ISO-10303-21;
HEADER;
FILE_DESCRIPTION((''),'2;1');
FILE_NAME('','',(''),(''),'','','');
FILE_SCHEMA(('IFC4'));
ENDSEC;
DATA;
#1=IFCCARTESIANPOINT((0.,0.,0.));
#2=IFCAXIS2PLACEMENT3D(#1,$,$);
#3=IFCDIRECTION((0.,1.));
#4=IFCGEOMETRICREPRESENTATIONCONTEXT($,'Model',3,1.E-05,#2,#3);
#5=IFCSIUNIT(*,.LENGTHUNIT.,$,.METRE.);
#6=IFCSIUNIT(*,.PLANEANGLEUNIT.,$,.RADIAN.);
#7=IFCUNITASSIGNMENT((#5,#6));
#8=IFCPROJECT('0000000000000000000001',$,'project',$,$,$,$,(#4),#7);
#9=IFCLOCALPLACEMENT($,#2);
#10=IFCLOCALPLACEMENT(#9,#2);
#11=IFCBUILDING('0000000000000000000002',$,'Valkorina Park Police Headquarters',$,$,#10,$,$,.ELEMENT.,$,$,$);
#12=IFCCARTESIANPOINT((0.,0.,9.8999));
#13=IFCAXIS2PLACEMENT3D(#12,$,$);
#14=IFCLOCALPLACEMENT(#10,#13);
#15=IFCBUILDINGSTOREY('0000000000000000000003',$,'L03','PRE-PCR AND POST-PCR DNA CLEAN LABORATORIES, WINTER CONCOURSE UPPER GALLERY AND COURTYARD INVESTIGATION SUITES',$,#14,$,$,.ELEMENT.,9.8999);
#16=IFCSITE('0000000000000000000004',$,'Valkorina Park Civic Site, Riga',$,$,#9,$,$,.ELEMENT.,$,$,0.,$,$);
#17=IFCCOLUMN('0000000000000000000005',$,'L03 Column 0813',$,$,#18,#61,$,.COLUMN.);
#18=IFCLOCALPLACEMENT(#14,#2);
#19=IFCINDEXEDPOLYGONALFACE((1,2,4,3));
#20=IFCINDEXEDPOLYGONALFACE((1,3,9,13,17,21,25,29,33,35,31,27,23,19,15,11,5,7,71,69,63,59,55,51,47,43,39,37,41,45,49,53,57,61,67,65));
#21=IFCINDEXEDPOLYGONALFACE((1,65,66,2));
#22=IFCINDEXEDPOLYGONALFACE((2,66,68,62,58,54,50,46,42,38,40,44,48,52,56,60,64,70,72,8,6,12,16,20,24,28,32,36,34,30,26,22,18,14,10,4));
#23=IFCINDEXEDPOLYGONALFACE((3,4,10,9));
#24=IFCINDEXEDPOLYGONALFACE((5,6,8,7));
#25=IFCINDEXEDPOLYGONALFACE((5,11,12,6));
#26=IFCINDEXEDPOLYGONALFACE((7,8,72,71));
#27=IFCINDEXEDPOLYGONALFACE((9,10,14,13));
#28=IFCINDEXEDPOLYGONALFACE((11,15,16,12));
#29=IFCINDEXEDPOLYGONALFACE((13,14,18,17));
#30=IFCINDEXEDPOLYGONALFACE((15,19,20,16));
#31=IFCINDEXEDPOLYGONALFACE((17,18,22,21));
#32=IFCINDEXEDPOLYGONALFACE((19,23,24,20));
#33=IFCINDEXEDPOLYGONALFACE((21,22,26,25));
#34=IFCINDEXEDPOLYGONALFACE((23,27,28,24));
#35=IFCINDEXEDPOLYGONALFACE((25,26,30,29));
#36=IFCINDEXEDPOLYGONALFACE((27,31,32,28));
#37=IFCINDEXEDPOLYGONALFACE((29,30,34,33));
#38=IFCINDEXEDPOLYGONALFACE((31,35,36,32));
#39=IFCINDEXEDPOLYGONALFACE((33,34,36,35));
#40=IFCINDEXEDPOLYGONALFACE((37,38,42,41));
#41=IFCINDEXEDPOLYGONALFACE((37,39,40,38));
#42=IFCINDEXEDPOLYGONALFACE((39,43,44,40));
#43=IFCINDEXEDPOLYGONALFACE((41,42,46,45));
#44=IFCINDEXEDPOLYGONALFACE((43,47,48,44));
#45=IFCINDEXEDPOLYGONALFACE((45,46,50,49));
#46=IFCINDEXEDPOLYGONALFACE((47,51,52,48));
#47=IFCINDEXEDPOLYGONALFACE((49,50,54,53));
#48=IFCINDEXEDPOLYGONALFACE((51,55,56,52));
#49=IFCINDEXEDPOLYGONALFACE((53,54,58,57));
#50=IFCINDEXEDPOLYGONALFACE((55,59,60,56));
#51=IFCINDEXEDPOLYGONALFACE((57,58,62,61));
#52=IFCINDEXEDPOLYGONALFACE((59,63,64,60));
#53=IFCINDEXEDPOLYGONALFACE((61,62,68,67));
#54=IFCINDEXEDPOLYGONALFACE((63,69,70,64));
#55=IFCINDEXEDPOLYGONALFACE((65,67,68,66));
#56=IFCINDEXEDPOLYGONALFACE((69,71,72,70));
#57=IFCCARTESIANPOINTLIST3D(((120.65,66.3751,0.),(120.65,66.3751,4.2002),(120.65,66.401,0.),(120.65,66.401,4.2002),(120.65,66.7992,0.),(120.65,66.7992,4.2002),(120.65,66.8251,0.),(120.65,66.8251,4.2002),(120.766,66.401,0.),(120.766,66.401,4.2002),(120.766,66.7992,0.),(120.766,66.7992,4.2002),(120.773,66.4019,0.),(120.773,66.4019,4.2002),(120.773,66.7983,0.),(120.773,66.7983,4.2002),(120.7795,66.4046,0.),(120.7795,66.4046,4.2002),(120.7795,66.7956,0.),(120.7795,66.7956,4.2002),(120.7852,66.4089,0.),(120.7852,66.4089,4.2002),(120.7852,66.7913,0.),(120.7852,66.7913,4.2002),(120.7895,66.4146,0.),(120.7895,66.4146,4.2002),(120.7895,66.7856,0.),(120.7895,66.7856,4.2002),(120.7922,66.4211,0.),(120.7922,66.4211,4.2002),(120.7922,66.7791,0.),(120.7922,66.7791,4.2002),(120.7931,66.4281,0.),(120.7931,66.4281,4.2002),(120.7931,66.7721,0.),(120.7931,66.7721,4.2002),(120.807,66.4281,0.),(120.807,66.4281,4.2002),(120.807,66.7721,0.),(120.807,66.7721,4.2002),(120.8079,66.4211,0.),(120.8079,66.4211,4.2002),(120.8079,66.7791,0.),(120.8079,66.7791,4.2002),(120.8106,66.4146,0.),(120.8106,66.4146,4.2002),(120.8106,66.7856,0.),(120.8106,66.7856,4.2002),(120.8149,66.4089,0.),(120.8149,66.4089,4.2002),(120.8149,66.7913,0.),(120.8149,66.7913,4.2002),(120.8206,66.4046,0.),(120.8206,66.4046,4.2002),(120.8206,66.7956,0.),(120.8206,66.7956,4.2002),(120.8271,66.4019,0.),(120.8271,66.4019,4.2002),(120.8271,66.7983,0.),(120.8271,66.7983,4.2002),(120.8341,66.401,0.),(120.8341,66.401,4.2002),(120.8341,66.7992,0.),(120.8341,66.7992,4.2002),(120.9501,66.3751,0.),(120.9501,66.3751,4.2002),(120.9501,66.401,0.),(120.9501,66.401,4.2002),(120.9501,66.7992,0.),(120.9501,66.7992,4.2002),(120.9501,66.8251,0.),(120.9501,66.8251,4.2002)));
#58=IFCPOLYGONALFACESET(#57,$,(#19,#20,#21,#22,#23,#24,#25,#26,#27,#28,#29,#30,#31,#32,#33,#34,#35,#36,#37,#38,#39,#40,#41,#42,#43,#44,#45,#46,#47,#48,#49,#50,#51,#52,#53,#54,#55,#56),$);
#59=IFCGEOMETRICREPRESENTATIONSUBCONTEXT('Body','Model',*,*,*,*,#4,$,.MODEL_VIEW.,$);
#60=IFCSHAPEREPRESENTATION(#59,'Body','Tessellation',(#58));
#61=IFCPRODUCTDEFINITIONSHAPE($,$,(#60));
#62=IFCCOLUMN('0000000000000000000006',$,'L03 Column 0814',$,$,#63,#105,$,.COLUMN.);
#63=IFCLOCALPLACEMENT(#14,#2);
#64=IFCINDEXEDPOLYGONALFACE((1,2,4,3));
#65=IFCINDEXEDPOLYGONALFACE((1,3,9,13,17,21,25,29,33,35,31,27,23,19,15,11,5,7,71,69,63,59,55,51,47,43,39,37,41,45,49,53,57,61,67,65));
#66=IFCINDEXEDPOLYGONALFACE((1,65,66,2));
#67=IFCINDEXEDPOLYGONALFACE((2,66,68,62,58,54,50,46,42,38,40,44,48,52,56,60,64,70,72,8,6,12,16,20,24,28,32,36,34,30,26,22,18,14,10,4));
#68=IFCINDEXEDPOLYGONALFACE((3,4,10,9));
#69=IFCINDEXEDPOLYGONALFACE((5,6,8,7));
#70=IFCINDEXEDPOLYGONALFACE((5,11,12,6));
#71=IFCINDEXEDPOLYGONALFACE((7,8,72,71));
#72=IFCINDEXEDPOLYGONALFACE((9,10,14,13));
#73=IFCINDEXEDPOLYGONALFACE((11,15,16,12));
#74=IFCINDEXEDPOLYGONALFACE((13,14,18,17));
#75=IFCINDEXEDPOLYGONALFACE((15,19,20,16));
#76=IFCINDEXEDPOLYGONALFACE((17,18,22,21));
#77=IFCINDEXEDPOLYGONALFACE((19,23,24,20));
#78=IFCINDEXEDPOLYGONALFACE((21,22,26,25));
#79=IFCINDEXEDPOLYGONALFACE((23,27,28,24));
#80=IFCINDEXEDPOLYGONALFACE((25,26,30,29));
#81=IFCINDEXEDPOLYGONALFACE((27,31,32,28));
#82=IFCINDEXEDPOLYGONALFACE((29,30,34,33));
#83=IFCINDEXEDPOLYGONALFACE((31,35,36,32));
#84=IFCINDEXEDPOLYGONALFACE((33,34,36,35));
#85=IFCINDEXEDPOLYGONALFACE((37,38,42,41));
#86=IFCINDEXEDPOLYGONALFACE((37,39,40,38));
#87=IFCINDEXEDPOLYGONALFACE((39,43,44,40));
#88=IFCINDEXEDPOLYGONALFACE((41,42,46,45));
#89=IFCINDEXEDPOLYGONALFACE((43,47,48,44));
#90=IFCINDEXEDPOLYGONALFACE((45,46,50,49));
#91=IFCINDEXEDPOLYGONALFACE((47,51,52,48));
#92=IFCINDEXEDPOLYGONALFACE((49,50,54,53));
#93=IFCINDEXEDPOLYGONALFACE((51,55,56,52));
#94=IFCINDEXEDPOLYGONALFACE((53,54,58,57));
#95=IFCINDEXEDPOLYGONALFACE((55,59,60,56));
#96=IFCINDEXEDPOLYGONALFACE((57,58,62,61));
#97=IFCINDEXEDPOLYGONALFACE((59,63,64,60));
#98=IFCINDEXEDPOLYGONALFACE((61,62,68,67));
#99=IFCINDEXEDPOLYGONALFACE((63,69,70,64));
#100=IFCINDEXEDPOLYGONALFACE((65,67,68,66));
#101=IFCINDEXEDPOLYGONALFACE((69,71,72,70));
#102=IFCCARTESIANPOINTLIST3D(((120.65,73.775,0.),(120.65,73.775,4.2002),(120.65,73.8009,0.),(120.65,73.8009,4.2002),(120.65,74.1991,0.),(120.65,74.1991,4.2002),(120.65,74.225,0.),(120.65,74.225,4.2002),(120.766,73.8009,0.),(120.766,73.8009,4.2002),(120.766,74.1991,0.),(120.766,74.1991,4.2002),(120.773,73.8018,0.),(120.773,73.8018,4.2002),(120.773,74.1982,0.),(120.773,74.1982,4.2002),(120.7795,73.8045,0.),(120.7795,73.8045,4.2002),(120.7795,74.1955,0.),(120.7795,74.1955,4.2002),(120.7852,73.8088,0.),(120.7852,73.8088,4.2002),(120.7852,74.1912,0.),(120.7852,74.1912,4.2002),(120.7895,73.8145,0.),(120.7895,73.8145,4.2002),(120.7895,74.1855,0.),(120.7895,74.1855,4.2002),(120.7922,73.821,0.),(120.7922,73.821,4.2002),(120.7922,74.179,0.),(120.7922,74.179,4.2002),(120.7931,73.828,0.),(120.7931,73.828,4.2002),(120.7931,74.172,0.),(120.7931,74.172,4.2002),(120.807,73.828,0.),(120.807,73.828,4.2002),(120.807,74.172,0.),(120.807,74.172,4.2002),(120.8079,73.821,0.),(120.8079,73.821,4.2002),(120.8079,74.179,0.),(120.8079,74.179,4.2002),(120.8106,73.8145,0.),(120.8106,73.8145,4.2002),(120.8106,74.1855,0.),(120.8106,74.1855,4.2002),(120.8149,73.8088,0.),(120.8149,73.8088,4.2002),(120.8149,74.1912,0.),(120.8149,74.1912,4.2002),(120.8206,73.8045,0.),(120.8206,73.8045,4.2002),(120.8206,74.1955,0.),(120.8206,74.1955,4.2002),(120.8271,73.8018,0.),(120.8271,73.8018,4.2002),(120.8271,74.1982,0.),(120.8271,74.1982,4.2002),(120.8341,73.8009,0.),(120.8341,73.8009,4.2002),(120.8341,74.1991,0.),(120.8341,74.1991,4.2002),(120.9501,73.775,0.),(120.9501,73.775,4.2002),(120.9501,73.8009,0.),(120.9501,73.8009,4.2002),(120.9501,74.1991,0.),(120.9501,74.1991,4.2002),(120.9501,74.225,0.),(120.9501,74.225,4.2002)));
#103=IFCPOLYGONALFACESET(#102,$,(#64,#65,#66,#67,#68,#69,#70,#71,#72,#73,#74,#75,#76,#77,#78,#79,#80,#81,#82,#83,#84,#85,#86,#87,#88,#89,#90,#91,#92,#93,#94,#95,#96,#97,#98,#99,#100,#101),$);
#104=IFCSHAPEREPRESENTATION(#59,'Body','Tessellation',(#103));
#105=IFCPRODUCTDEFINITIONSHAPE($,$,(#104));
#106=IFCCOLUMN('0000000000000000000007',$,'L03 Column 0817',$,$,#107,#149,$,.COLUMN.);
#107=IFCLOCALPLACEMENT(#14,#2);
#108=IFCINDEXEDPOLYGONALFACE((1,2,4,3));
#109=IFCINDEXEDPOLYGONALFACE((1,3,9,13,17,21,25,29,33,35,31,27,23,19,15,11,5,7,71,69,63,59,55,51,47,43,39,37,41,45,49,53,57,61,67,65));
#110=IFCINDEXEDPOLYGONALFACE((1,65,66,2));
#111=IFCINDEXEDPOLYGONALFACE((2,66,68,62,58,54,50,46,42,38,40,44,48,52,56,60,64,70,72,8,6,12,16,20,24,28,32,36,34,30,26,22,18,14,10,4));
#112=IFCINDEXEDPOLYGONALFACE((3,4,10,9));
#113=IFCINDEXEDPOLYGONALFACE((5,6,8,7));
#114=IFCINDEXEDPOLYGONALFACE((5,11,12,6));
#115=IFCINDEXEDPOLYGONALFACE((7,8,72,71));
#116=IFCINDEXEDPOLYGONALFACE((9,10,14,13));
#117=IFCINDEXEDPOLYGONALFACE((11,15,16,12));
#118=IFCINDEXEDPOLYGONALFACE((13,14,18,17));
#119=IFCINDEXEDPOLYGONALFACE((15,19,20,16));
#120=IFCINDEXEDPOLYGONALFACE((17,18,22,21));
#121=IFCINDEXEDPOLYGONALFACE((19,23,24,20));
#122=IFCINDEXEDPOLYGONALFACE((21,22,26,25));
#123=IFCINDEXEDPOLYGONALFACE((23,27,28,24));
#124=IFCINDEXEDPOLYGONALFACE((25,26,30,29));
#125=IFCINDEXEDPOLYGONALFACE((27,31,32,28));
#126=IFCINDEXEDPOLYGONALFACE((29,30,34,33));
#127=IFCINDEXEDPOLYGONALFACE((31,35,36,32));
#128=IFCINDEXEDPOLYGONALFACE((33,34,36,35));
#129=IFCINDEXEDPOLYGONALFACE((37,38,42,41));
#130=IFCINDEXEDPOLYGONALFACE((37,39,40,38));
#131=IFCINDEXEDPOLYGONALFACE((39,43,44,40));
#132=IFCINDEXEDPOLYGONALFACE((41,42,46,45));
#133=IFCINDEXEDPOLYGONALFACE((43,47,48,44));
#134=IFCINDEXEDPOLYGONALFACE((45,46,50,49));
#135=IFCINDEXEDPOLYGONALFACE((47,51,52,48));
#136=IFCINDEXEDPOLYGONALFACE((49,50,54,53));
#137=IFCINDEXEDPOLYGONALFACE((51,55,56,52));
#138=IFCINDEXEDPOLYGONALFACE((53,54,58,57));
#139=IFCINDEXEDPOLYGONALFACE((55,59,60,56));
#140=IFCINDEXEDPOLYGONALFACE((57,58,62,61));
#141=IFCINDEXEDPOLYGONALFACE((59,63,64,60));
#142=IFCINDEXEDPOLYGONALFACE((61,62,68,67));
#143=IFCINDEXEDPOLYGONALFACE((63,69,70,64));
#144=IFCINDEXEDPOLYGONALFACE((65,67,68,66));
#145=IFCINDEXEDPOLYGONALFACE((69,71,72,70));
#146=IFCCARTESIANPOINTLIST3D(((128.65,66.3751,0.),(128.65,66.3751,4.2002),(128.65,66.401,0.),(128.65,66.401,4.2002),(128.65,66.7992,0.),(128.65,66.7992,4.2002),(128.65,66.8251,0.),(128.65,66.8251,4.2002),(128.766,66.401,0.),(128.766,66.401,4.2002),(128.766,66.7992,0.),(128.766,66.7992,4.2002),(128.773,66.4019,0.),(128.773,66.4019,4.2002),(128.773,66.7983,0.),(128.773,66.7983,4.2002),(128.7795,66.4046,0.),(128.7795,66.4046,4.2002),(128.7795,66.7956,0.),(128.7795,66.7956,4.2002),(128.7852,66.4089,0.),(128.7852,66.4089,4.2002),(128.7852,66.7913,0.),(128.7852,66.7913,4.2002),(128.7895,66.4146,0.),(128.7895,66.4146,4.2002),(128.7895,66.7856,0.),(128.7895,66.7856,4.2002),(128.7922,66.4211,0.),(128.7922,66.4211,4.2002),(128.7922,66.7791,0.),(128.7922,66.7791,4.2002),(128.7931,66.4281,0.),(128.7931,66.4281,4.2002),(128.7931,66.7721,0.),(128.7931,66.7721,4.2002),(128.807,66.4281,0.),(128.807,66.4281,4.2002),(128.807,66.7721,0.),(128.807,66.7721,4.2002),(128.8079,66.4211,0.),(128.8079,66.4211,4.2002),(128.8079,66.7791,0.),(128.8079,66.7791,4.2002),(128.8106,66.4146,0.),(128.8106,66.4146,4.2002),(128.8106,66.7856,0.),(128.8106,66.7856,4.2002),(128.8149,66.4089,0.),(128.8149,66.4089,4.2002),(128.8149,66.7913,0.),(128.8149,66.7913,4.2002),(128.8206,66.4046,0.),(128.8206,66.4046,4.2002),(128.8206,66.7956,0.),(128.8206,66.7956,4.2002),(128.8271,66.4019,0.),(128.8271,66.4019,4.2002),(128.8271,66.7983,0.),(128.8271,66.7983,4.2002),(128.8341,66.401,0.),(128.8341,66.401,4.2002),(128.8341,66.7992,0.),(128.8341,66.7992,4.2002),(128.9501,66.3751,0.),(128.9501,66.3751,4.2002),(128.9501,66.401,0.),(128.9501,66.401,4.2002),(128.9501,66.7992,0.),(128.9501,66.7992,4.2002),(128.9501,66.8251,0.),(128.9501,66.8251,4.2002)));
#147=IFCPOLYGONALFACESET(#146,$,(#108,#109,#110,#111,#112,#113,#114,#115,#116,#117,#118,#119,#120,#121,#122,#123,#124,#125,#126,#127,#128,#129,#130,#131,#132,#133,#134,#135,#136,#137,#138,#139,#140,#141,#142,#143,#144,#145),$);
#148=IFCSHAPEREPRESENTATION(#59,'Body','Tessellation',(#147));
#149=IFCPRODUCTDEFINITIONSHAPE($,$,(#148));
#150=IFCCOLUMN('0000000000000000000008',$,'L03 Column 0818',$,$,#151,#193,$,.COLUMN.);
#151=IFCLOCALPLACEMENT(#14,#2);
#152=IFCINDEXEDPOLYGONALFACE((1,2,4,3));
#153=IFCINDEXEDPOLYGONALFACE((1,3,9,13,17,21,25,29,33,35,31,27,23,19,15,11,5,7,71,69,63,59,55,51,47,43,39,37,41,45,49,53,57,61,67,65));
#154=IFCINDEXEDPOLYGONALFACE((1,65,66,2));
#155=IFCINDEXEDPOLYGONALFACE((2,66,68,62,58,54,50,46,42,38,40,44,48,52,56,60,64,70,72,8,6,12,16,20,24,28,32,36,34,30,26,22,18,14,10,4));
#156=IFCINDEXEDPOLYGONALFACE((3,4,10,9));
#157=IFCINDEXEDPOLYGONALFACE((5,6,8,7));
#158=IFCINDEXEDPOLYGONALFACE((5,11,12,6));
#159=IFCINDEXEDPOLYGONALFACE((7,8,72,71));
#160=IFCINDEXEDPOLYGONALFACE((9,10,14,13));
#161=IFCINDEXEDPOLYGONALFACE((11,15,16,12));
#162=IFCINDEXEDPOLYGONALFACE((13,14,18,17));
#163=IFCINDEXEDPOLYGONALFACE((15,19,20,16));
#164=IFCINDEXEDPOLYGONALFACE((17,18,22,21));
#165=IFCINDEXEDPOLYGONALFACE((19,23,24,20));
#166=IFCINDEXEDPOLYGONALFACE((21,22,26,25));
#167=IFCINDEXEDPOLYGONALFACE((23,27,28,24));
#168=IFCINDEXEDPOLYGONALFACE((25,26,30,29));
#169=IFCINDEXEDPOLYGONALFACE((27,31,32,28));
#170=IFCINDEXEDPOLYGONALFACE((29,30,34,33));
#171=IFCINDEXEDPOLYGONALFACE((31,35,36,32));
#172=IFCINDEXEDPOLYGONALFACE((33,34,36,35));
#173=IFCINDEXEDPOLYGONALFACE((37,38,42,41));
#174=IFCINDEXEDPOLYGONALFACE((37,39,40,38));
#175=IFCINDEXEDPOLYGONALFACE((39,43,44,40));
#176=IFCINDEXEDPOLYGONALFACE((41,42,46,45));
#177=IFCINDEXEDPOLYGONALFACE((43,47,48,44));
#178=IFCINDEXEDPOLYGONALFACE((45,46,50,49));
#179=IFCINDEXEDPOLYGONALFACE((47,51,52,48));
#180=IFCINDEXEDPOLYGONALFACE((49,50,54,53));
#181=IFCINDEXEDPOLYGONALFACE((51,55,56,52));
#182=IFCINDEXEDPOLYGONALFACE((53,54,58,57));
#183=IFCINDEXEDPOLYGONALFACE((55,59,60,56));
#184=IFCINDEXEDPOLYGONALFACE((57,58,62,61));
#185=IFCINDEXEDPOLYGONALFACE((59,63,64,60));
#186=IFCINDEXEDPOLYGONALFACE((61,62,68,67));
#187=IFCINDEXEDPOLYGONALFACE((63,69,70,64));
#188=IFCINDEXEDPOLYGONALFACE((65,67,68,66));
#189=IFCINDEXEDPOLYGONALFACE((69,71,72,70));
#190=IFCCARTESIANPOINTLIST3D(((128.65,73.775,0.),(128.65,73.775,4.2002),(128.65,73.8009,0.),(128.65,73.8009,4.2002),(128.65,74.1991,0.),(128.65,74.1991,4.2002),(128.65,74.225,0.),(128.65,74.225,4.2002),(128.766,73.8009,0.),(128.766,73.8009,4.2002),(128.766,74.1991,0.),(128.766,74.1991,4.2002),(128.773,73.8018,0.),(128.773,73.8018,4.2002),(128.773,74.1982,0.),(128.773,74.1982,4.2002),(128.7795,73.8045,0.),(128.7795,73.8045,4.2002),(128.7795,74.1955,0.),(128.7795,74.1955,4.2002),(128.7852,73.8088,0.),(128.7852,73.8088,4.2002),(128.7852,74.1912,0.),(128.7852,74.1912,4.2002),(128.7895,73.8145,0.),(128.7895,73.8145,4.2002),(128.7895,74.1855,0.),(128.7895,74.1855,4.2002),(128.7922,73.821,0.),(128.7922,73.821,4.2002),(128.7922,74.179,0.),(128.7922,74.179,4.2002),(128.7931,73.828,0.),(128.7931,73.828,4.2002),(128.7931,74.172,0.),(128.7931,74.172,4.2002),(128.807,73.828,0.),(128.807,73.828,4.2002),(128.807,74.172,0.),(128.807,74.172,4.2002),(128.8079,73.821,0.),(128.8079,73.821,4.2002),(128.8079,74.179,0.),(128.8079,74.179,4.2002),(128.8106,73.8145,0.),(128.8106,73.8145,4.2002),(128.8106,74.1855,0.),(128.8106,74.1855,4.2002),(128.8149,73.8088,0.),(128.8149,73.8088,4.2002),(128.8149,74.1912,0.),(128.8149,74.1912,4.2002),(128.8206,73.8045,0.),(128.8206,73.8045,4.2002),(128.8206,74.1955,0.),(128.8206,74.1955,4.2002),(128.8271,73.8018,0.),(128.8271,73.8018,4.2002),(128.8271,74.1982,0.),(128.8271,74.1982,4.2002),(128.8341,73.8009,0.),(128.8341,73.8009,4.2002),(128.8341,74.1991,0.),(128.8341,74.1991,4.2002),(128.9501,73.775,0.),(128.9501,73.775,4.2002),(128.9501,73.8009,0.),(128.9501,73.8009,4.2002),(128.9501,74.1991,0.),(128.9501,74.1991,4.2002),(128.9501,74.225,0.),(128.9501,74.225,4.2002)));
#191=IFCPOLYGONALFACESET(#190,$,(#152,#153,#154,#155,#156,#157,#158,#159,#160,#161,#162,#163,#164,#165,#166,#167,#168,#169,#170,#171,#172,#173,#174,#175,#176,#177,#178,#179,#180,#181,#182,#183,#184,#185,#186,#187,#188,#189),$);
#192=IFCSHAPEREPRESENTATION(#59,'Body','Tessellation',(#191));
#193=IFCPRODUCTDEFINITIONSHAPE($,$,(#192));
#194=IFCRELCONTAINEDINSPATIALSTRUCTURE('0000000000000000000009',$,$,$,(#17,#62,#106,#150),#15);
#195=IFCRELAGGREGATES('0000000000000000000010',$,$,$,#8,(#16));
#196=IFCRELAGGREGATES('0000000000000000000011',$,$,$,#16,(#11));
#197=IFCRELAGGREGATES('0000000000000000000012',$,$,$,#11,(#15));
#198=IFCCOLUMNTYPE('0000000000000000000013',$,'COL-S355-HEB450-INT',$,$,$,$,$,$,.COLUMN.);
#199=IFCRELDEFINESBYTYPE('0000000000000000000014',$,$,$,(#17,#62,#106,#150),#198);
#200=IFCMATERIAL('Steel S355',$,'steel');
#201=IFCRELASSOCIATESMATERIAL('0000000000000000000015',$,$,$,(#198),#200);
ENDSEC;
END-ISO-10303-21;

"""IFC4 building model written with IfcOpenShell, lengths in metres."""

from ifc_helpers import new_model, si_unit, direction, frame, origin, origin_2d, place, context, subcontext, project, spatial, i_section, extrude, material, material_profile, profile_set, type_object, element, save


model = new_model("IFC4")

# Units and contexts
model_context = context("Model", 3, precision=1e-05, world=origin(), true_north=direction((0.0, 1.0)))
body_context = subcontext(model_context, "Body", "Model", "MODEL_VIEW")
ifc_project = project(units=[si_unit("LENGTHUNIT", "METRE"), si_unit("PLANEANGLEUNIT", "RADIAN")], contexts=[model_context])

# Site, building, storey
site_placement = place(None, origin())
site = spatial("IfcSite", under=ifc_project, at=site_placement, Name="Valkorina Park Civic Site, Riga", CompositionType="ELEMENT", RefElevation=0.0)
building_placement = place(site_placement, origin())
building = spatial("IfcBuilding", under=site, at=building_placement, Name="Valkorina Park Police Headquarters", CompositionType="ELEMENT")
storey_placement = place(building_placement, frame((0.0, 0.0, 9.8999)))
storey = spatial("IfcBuildingStorey", under=building, at=storey_placement, Name="L03", Description="PRE-PCR AND POST-PCR DNA CLEAN LABORATORIES, WINTER CONCOURSE UPPER GALLERY AND COURTYARD INVESTIGATION SUITES", CompositionType="ELEMENT", Elevation=9.8999)

# Columns
ifc_material_1 = material(Name="Steel S355", Category="steel")
ifc_material_profile_1 = material_profile(ifc_material_1, i_section(OverallWidth=0.3, OverallDepth=0.45, WebThickness=0.0139, FlangeThickness=0.0259, FilletRadius=0.0271, at=origin_2d()), Name="HEB 450")
ifc_profile_set_1 = profile_set([ifc_material_profile_1], Name="Steel S355")
column_type = type_object("IfcColumnType", Name="COL-S355-HEB450-INT", PredefinedType="COLUMN", material=ifc_profile_set_1)
for number, where, z_axis, x_axis, name in (
    (1, (120.8, 66.6001, 0.0), (0.0, 0.0, 1.0), (1.0, 0.0, 0.0), "L03 Column 0813"),
    (2, (120.8, 74.0, 0.0), (0.0, 0.0, 1.0), (1.0, 0.0, 0.0), "L03 Column 0814"),
    (3, (128.8, 66.6001, 0.0), (0.0, 0.0, 1.0), (1.0, 0.0, 0.0), "L03 Column 0817"),
    (4, (128.8, 74.0, 0.0), (0.0, 0.0, 1.0), (1.0, 0.0, 0.0), "L03 Column 0818"),
):
    element("IfcColumn", number, at=place(storey_placement, frame(where, z_axis=z_axis, x_axis=x_axis)), inside=storey, type_object=column_type, Name=name, PredefinedType="COLUMN", context=body_context, shape_type="SweptSolid", body=[
        extrude(i_section(OverallWidth=0.3, OverallDepth=0.45, WebThickness=0.0139, FlangeThickness=0.0259, FilletRadius=0.0271, at=origin_2d()), origin(), (0.0, 0.0, 1.0), 4.2002),
    ])

save(model, "model.ifc")
